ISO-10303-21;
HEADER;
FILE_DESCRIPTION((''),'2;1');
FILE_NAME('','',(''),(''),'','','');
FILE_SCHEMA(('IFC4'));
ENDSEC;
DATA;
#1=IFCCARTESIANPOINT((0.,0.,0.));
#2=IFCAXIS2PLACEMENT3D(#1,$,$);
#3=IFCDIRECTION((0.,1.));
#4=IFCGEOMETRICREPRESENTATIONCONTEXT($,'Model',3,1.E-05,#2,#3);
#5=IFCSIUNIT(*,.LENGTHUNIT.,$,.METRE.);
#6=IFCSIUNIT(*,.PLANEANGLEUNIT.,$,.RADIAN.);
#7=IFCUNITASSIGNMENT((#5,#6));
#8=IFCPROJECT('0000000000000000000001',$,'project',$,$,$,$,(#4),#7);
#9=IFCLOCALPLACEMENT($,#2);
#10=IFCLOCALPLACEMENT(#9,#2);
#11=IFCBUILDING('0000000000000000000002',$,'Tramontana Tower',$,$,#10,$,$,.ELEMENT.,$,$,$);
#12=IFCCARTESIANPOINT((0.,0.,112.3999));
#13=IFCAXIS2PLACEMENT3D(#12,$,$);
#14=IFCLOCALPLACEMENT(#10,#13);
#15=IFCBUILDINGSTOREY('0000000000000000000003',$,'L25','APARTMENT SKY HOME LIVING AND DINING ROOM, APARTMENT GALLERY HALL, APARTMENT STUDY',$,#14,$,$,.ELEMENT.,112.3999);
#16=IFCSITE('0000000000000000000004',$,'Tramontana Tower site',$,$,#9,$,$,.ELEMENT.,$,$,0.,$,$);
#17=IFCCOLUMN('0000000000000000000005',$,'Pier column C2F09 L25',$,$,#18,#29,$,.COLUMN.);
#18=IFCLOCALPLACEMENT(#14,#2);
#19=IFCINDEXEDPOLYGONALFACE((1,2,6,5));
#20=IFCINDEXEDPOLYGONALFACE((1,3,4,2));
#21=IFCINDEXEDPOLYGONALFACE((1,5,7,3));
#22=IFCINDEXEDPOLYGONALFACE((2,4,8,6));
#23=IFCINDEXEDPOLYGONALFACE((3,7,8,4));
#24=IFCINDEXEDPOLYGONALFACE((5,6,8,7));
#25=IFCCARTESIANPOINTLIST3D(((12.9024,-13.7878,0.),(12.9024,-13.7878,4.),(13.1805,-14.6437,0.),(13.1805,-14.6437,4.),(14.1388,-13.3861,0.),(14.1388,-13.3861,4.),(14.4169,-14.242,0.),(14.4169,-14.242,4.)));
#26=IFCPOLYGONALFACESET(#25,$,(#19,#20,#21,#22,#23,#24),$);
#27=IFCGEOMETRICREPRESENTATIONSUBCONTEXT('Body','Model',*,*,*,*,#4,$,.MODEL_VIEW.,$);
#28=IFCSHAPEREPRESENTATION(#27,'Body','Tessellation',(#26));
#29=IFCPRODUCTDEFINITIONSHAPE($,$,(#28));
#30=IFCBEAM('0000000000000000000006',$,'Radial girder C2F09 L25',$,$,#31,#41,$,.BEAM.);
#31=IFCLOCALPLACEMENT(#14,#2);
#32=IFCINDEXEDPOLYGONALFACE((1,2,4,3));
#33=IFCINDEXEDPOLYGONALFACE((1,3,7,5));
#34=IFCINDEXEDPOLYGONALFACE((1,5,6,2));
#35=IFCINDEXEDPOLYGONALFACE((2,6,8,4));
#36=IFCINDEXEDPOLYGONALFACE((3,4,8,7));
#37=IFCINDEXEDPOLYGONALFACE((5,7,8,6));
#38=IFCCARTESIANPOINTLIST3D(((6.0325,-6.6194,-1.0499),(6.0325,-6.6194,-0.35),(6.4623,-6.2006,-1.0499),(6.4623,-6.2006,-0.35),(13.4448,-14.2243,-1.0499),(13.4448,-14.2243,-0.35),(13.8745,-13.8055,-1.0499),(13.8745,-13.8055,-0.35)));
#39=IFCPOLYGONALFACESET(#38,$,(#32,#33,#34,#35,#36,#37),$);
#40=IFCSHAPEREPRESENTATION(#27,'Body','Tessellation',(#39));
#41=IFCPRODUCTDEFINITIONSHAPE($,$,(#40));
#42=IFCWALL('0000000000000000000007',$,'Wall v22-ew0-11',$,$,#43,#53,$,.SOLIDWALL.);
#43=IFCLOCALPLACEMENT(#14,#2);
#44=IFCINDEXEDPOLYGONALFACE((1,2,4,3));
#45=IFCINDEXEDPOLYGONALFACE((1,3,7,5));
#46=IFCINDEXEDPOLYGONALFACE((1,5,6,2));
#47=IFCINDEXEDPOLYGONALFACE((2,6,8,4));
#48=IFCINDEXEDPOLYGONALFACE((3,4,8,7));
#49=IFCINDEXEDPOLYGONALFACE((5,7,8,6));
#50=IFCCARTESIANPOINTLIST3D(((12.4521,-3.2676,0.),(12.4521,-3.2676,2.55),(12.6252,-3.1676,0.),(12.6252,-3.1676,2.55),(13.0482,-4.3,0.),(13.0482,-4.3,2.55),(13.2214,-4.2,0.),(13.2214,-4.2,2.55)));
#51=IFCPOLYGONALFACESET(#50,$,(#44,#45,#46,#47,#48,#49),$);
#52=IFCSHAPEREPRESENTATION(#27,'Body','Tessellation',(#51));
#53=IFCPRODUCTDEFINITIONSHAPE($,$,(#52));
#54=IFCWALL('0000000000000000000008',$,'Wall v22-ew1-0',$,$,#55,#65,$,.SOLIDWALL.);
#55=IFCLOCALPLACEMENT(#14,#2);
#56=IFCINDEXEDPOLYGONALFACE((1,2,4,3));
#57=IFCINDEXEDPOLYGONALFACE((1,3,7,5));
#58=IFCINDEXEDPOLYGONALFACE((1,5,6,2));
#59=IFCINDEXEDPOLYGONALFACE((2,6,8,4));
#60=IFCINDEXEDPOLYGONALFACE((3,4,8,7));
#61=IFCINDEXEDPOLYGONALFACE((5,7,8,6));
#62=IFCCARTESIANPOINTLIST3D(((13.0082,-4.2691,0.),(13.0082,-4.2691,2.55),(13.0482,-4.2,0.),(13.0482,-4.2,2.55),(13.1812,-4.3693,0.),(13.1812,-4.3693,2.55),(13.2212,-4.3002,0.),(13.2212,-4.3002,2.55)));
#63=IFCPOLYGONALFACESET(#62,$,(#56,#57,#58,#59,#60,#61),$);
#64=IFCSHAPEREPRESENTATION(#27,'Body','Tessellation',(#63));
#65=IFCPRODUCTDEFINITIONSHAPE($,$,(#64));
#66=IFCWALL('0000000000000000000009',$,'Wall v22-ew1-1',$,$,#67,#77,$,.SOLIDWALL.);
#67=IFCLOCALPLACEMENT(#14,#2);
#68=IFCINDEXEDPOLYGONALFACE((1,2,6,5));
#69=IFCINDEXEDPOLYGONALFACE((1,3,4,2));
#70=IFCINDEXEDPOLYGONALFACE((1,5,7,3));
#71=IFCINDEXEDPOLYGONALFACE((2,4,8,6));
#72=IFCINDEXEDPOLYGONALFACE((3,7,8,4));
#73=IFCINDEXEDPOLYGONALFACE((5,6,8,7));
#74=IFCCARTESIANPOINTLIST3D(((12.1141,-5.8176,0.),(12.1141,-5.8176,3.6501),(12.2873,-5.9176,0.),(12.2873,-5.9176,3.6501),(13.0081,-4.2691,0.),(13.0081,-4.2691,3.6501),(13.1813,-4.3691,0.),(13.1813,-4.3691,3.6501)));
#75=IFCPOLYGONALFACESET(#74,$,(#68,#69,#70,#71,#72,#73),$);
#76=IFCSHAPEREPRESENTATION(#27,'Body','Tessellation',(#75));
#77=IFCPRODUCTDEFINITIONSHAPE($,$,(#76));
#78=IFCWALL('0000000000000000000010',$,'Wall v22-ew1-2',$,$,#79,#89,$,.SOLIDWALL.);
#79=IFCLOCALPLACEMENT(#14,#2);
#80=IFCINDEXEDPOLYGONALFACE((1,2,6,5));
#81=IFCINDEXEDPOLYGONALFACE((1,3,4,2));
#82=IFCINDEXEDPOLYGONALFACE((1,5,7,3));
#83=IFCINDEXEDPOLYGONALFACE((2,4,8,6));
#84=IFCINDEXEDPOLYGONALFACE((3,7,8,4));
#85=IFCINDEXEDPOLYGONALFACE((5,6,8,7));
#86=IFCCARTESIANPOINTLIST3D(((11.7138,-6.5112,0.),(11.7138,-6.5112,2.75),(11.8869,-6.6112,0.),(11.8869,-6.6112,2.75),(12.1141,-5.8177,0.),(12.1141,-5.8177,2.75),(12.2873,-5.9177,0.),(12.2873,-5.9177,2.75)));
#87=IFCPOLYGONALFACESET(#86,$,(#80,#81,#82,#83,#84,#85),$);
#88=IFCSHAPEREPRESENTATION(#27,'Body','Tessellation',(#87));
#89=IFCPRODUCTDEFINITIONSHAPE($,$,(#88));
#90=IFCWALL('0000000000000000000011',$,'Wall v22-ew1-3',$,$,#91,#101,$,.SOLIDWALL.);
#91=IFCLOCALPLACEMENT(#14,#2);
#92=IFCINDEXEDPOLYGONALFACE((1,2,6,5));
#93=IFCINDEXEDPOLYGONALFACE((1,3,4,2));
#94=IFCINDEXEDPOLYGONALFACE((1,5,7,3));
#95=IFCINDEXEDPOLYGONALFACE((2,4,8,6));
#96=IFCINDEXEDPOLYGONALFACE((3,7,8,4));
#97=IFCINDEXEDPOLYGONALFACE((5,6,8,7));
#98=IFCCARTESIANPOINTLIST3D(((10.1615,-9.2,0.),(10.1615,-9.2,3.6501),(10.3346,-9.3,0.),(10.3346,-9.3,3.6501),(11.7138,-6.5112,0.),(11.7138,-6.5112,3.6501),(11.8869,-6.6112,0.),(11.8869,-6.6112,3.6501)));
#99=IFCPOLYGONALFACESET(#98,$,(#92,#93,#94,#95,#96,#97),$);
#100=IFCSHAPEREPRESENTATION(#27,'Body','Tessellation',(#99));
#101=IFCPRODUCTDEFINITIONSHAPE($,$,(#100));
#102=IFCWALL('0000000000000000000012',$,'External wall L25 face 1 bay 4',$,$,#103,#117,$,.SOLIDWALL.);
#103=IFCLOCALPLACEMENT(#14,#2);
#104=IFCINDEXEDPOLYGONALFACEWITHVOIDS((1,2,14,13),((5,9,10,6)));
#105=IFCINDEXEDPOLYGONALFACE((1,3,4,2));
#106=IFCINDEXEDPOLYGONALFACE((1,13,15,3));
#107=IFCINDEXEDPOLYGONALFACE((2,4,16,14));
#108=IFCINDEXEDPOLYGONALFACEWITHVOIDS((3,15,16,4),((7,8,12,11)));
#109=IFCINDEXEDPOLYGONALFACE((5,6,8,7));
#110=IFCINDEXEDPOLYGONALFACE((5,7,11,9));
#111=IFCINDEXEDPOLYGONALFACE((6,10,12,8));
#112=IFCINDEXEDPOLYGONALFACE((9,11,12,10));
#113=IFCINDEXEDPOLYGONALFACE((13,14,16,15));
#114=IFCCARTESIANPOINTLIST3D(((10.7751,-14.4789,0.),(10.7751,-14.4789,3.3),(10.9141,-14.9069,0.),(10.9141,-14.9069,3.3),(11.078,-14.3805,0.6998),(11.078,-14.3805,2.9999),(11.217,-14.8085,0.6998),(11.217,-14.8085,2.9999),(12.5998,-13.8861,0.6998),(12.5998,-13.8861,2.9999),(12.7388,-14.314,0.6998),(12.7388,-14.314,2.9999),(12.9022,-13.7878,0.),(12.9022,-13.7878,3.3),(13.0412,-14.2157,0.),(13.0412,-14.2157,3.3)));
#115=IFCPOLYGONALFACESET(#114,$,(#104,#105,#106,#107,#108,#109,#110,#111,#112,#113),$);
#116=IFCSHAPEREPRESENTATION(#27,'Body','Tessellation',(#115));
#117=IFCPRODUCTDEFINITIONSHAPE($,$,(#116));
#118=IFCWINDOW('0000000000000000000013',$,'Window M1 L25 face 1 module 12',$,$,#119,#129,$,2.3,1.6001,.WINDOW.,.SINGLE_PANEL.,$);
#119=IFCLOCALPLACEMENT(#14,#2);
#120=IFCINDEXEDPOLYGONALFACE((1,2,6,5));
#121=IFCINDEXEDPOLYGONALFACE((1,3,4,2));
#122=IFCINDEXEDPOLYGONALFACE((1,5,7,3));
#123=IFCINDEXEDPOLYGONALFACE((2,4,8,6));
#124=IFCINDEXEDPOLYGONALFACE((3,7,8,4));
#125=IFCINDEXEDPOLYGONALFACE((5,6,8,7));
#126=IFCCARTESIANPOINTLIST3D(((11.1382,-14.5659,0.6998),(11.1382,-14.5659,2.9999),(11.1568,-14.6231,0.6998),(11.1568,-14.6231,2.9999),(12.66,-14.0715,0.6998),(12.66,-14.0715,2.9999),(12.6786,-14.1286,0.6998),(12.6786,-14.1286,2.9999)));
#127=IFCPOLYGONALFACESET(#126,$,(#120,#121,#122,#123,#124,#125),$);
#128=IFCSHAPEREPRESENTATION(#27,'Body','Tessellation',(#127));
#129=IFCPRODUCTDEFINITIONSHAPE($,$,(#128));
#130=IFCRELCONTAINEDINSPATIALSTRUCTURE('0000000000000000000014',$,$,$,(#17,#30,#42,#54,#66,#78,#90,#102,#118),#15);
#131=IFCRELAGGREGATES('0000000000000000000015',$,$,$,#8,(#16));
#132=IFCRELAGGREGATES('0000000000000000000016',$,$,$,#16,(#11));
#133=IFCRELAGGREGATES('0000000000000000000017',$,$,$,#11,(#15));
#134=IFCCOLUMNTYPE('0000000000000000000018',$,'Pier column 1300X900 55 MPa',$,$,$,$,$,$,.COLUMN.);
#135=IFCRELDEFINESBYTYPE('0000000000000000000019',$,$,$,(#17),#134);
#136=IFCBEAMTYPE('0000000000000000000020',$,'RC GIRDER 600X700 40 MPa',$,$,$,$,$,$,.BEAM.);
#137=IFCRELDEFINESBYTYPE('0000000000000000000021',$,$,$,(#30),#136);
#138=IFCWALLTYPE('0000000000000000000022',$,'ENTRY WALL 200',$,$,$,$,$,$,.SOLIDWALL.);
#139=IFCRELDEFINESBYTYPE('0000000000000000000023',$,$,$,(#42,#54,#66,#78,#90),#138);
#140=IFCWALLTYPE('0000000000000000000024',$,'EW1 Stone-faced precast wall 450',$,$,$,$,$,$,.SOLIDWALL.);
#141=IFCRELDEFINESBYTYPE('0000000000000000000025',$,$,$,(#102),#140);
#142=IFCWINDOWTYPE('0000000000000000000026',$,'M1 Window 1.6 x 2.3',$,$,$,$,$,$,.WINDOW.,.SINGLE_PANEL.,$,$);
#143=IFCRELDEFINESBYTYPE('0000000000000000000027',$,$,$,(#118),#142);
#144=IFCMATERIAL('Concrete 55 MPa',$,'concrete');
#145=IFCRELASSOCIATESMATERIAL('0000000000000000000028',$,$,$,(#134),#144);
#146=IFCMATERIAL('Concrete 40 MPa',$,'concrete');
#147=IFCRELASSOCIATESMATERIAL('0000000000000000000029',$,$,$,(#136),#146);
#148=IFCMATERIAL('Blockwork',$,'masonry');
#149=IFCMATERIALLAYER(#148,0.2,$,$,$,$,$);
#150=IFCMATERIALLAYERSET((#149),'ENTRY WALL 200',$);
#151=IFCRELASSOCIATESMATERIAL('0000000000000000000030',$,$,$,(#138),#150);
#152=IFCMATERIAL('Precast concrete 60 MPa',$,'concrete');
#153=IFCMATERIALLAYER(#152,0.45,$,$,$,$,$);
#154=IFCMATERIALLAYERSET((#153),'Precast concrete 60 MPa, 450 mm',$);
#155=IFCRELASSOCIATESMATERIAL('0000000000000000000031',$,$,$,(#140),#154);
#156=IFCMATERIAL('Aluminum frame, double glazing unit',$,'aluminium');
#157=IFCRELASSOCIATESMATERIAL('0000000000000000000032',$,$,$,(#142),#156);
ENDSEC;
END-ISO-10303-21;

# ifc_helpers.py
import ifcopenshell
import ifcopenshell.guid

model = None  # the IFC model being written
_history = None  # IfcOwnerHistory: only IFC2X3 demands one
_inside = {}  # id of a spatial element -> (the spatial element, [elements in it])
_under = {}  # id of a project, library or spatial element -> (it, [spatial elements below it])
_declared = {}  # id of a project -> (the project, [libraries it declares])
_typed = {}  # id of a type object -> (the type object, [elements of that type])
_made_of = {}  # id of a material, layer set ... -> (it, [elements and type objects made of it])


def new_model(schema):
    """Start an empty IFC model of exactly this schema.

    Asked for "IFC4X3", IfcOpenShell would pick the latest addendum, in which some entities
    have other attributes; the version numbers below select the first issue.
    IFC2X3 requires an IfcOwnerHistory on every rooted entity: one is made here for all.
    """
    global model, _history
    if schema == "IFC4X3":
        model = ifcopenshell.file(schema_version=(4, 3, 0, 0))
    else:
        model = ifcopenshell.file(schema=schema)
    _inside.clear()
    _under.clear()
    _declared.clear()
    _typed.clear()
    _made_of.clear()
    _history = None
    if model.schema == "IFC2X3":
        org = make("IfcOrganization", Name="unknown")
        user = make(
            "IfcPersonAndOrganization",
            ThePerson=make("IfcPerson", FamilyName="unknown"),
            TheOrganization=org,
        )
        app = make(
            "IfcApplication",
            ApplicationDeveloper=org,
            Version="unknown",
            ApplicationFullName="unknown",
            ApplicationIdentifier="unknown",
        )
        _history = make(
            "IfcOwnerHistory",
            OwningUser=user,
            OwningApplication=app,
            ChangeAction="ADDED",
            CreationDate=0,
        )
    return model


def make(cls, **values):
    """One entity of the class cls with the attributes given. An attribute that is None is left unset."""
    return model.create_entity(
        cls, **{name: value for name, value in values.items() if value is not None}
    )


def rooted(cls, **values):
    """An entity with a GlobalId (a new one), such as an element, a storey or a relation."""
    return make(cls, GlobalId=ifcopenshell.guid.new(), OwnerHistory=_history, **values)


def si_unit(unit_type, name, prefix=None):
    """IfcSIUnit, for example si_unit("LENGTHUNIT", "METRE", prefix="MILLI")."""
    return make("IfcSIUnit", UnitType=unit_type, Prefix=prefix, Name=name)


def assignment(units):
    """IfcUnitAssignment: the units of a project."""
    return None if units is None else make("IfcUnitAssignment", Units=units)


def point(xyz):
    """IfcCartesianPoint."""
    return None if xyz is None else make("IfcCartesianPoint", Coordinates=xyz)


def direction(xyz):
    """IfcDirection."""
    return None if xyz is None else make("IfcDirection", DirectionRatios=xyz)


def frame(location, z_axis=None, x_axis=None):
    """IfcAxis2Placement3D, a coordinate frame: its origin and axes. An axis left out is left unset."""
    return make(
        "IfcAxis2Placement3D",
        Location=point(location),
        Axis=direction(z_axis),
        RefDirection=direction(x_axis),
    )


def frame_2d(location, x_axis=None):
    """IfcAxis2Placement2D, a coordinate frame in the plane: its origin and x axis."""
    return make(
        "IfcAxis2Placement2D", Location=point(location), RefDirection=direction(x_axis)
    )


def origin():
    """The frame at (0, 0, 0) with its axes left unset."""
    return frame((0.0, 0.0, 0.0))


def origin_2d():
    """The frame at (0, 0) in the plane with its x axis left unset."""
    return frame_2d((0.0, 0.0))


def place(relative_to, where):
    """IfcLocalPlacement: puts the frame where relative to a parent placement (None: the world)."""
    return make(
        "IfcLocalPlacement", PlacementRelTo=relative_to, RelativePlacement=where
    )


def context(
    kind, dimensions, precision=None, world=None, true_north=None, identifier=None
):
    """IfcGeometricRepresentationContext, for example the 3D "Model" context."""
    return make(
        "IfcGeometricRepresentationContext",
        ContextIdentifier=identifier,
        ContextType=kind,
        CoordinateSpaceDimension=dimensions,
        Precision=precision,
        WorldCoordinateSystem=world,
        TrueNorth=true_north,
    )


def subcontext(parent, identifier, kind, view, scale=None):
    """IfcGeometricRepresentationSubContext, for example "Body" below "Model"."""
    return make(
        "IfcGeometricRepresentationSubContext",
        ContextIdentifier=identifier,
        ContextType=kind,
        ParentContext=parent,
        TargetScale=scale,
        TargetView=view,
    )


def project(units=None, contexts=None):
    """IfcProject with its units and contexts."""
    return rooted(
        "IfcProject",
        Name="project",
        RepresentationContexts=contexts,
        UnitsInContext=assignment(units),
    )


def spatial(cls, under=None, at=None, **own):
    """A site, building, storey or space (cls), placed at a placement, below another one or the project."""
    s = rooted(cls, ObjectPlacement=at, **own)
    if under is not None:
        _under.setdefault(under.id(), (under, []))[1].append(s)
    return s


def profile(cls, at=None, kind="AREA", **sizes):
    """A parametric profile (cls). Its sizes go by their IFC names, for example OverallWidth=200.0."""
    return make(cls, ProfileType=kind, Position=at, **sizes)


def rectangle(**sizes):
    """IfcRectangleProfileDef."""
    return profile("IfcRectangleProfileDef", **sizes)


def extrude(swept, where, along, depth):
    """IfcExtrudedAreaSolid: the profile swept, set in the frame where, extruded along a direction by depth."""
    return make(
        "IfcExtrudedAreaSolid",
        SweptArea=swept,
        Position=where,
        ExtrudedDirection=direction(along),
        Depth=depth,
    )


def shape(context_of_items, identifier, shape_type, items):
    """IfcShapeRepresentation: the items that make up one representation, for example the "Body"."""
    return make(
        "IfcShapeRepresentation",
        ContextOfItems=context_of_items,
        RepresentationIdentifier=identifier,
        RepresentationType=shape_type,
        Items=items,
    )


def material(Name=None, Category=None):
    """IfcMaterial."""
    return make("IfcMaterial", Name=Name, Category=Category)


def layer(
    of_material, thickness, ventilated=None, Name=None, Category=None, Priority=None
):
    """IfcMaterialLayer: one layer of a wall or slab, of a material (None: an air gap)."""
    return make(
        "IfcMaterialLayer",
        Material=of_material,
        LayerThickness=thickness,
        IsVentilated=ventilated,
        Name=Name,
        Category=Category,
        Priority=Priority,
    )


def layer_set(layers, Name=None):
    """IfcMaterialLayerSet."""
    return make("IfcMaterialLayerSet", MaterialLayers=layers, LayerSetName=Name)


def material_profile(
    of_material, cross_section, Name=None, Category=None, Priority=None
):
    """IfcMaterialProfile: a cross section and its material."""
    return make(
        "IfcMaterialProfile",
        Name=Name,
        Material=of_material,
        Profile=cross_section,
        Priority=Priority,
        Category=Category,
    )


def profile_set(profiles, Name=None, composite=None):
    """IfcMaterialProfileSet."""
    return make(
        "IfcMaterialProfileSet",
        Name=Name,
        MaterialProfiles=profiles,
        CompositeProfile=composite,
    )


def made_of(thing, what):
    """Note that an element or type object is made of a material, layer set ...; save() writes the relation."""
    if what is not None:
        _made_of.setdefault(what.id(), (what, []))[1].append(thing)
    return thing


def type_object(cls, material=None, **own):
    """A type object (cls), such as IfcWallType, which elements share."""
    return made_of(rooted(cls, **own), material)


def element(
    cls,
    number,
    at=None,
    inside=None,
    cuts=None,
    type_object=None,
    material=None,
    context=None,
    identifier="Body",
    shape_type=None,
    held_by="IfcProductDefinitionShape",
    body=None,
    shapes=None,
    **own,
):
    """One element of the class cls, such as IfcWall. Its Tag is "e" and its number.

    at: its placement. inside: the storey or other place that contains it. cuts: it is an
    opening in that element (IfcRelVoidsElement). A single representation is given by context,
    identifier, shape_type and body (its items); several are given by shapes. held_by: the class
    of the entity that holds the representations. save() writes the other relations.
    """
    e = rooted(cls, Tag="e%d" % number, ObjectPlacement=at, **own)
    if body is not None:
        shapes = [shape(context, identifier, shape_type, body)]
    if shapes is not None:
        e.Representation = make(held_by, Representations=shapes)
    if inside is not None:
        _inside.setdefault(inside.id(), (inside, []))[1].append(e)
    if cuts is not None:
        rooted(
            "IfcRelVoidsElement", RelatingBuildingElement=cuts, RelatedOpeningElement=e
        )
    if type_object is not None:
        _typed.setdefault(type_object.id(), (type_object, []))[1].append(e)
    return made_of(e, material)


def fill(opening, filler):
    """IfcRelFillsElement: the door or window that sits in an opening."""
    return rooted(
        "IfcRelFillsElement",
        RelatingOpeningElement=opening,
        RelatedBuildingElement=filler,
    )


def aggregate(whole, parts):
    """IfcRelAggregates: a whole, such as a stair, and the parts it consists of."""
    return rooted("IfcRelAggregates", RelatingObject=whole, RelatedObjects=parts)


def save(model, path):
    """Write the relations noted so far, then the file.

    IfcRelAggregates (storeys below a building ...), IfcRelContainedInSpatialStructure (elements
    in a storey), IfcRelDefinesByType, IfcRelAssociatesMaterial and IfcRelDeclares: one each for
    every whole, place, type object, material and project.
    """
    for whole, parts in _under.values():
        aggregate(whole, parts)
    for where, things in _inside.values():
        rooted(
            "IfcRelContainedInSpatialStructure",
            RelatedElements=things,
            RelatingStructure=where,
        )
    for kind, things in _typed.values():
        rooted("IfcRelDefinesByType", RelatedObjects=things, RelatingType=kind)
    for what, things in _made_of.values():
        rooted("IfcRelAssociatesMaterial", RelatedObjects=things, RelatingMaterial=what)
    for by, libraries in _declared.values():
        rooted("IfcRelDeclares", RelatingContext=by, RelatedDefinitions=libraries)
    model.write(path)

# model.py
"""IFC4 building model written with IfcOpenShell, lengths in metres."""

from ifc_helpers import new_model, si_unit, direction, frame, frame_2d, origin, origin_2d, place, context, subcontext, project, spatial, rectangle, extrude, material, layer, layer_set, material_profile, profile_set, type_object, element, fill, save


model = new_model("IFC4")

# Units and contexts
model_context = context("Model", 3, precision=1e-05, world=origin(), true_north=direction((0.0, 1.0)))
body_context = subcontext(model_context, "Body", "Model", "MODEL_VIEW")
ifc_project = project(units=[si_unit("LENGTHUNIT", "METRE"), si_unit("PLANEANGLEUNIT", "RADIAN")], contexts=[model_context])

# Site, building, storey
site_placement = place(None, origin())
site = spatial("IfcSite", under=ifc_project, at=site_placement, Name="Tramontana Tower site", CompositionType="ELEMENT", RefElevation=0.0)
building_placement = place(site_placement, origin())
building = spatial("IfcBuilding", under=site, at=building_placement, Name="Tramontana Tower", CompositionType="ELEMENT")
storey_placement = place(building_placement, frame((0.0, 0.0, 112.3999)))
storey = spatial("IfcBuildingStorey", under=building, at=storey_placement, Name="L25", Description="APARTMENT SKY HOME LIVING AND DINING ROOM, APARTMENT GALLERY HALL, APARTMENT STUDY", CompositionType="ELEMENT", Elevation=112.3999)

# Column
ifc_material_1 = material(Name="Concrete 55 MPa", Category="concrete")
ifc_material_profile_1 = material_profile(ifc_material_1, rectangle(XDim=1.3, YDim=0.8999, at=origin_2d()), Name="Pier column 1300X900 55 MPa")
ifc_profile_set_1 = profile_set([ifc_material_profile_1], Name="Concrete 55 MPa")
column_type = type_object("IfcColumnType", Name="Pier column 1300X900 55 MPa", PredefinedType="COLUMN", material=ifc_profile_set_1)
column_placement = place(storey_placement, frame((13.6597, -14.0149, 0.0), z_axis=(0.0, 0.0, 1.0), x_axis=(0.951057, 0.309017, 0.0)))
element("IfcColumn", 1, at=column_placement, inside=storey, type_object=column_type, Name="Pier column C2F09 L25", PredefinedType="COLUMN", context=body_context, shape_type="SweptSolid", body=[
    extrude(rectangle(XDim=1.3, YDim=0.8999, at=origin_2d()), origin(), (0.0, 0.0, 1.0), 4.0),
])

# Beam
ifc_material_2 = material(Name="Concrete 40 MPa", Category="concrete")
ifc_material_profile_2 = material_profile(ifc_material_2, rectangle(XDim=0.6001, YDim=0.7, at=origin_2d()), Name="RC GIRDER 600X700 40 MPa")
ifc_profile_set_2 = profile_set([ifc_material_profile_2], Name="Concrete 40 MPa")
beam_type = type_object("IfcBeamType", Name="RC GIRDER 600X700 40 MPa", PredefinedType="BEAM", material=ifc_profile_set_2)
beam_placement = place(storey_placement, frame((13.6597, -14.0149, -0.7), z_axis=(-0.697979, 0.716118, 0.0), x_axis=(-0.716118, -0.697979, 0.0)))
element("IfcBeam", 2, at=beam_placement, inside=storey, type_object=beam_type, Name="Radial girder C2F09 L25", PredefinedType="BEAM", context=body_context, shape_type="SweptSolid", body=[
    extrude(rectangle(XDim=0.6001, YDim=0.7, at=origin_2d()), origin(), (0.0, 0.0, 1.0), 10.6196),
])

# Walls
ifc_material_3 = material(Name="Blockwork", Category="masonry")
ifc_layer_1 = layer(ifc_material_3, 0.2)
ifc_layer_set_1 = layer_set([ifc_layer_1], Name="ENTRY WALL 200")
wall_type_1 = type_object("IfcWallType", Name="ENTRY WALL 200", PredefinedType="SOLIDWALL", material=ifc_layer_set_1)
wall_1_placement = place(storey_placement, frame((12.5386, -3.2175, 0.0), z_axis=(0.0, 0.0, 1.0), x_axis=(0.500059, -0.865991, 0.0)))
element("IfcWall", 3, at=wall_1_placement, inside=storey, type_object=wall_type_1, Name="Wall v22-ew0-11", PredefinedType="SOLIDWALL", context=body_context, shape_type="SweptSolid", body=[
    extrude(rectangle(XDim=1.1921, YDim=0.2, at=frame_2d((0.5962, 0.0))), origin(), (0.0, 0.0, 1.0), 2.55),
])
wall_2_placement = place(storey_placement, frame((13.1348, -4.25, 0.0), z_axis=(0.0, 0.0, 1.0), x_axis=(-0.501398, -0.865217, 0.0)))
element("IfcWall", 4, at=wall_2_placement, inside=storey, type_object=wall_type_1, Name="Wall v22-ew1-0", PredefinedType="SOLIDWALL", context=body_context, shape_type="SweptSolid", body=[
    extrude(rectangle(XDim=0.0798, YDim=0.2, at=frame_2d((0.04, 0.0))), origin(), (0.0, 0.0, 1.0), 2.55),
])
wall_3_placement = place(storey_placement, frame((13.0947, -4.3191, 0.0), z_axis=(0.0, 0.0, 1.0), x_axis=(-0.499986, -0.866033, 0.0)))
element("IfcWall", 5, at=wall_3_placement, inside=storey, type_object=wall_type_1, Name="Wall v22-ew1-1", PredefinedType="SOLIDWALL", context=body_context, shape_type="SweptSolid", body=[
    extrude(rectangle(XDim=1.7881, YDim=0.2, at=frame_2d((0.894, 0.0))), origin(), (0.0, 0.0, 1.0), 3.6501),
])
wall_4_placement = place(storey_placement, frame((12.2007, -5.8677, 0.0), z_axis=(0.0, 0.0, 1.0), x_axis=(-0.499942, -0.866059, 0.0)))
element("IfcWall", 6, at=wall_4_placement, inside=storey, type_object=wall_type_1, Name="Wall v22-ew1-2", PredefinedType="SOLIDWALL", context=body_context, shape_type="SweptSolid", body=[
    extrude(rectangle(XDim=0.8008, YDim=0.2, at=frame_2d((0.4004, 0.0))), origin(), (0.0, 0.0, 1.0), 2.75),
])
wall_5_placement = place(storey_placement, frame((11.8003, -6.5613, 0.0), z_axis=(0.0, 0.0, 1.0), x_axis=(-0.499979, -0.866038, 0.0)))
element("IfcWall", 7, at=wall_5_placement, inside=storey, type_object=wall_type_1, Name="Wall v22-ew1-3", PredefinedType="SOLIDWALL", context=body_context, shape_type="SweptSolid", body=[
    extrude(rectangle(XDim=3.1047, YDim=0.2, at=frame_2d((1.5522, 0.0))), origin(), (0.0, 0.0, 1.0), 3.6501),
])

# Wall, opening, window
ifc_material_4 = material(Name="Precast concrete 60 MPa", Category="concrete")
ifc_layer_2 = layer(ifc_material_4, 0.45)
ifc_layer_set_2 = layer_set([ifc_layer_2], Name="Precast concrete 60 MPa, 450 mm")
wall_type_2 = type_object("IfcWallType", Name="EW1 Stone-faced precast wall 450", PredefinedType="SOLIDWALL", material=ifc_layer_set_2)
wall_6_placement = place(storey_placement, frame((10.8447, -14.6929, 0.0), z_axis=(0.0, 0.0, 1.0), x_axis=(0.951057, 0.309014, 0.0)))
wall_6 = element("IfcWall", 8, at=wall_6_placement, inside=storey, type_object=wall_type_2, Name="External wall L25 face 1 bay 4", PredefinedType="SOLIDWALL", context=body_context, shape_type="SweptSolid", body=[
    extrude(rectangle(XDim=2.2366, YDim=0.45, at=frame_2d((1.1182, 0.0))), origin(), (0.0, 0.0, 1.0), 3.3),
])
opening_1_placement = place(wall_6_placement, frame((0.3184, 0.0, 0.7)))
opening_1 = element("IfcOpeningElement", 9, at=opening_1_placement, cuts=wall_6, PredefinedType="OPENING", context=body_context, shape_type="SweptSolid", body=[
    extrude(rectangle(XDim=1.6001, YDim=2.3, at=frame_2d((0.8, 1.1499))), frame((0.0, 0.2349, 0.0), z_axis=(0.0, -1.0, 0.0), x_axis=(1.0, 0.0, 0.0)), (0.0, 0.0, 1.0), 0.47),
])
ifc_material_5 = material(Name="Aluminum frame, double glazing unit", Category="aluminium")
window_type = type_object("IfcWindowType", Name="M1 Window 1.6 x 2.3", PartitioningType="SINGLE_PANEL", PredefinedType="WINDOW", material=ifc_material_5)
window_1_placement = place(opening_1_placement, origin())
window_1 = element("IfcWindow", 10, at=window_1_placement, inside=storey, type_object=window_type, Name="Window M1 L25 face 1 module 12", OverallHeight=2.3, OverallWidth=1.6001, PartitioningType="SINGLE_PANEL", PredefinedType="WINDOW", context=body_context, shape_type="SweptSolid", body=[
    extrude(rectangle(XDim=1.6001, YDim=2.3, at=frame_2d((0.8, 1.1499))), frame((0.0, 0.03, 0.0), z_axis=(0.0, -1.0, 0.0), x_axis=(1.0, 0.0, 0.0)), (0.0, 0.0, 1.0), 0.0601),
])
fill(opening_1, window_1)

save(model, "model.ifc")
